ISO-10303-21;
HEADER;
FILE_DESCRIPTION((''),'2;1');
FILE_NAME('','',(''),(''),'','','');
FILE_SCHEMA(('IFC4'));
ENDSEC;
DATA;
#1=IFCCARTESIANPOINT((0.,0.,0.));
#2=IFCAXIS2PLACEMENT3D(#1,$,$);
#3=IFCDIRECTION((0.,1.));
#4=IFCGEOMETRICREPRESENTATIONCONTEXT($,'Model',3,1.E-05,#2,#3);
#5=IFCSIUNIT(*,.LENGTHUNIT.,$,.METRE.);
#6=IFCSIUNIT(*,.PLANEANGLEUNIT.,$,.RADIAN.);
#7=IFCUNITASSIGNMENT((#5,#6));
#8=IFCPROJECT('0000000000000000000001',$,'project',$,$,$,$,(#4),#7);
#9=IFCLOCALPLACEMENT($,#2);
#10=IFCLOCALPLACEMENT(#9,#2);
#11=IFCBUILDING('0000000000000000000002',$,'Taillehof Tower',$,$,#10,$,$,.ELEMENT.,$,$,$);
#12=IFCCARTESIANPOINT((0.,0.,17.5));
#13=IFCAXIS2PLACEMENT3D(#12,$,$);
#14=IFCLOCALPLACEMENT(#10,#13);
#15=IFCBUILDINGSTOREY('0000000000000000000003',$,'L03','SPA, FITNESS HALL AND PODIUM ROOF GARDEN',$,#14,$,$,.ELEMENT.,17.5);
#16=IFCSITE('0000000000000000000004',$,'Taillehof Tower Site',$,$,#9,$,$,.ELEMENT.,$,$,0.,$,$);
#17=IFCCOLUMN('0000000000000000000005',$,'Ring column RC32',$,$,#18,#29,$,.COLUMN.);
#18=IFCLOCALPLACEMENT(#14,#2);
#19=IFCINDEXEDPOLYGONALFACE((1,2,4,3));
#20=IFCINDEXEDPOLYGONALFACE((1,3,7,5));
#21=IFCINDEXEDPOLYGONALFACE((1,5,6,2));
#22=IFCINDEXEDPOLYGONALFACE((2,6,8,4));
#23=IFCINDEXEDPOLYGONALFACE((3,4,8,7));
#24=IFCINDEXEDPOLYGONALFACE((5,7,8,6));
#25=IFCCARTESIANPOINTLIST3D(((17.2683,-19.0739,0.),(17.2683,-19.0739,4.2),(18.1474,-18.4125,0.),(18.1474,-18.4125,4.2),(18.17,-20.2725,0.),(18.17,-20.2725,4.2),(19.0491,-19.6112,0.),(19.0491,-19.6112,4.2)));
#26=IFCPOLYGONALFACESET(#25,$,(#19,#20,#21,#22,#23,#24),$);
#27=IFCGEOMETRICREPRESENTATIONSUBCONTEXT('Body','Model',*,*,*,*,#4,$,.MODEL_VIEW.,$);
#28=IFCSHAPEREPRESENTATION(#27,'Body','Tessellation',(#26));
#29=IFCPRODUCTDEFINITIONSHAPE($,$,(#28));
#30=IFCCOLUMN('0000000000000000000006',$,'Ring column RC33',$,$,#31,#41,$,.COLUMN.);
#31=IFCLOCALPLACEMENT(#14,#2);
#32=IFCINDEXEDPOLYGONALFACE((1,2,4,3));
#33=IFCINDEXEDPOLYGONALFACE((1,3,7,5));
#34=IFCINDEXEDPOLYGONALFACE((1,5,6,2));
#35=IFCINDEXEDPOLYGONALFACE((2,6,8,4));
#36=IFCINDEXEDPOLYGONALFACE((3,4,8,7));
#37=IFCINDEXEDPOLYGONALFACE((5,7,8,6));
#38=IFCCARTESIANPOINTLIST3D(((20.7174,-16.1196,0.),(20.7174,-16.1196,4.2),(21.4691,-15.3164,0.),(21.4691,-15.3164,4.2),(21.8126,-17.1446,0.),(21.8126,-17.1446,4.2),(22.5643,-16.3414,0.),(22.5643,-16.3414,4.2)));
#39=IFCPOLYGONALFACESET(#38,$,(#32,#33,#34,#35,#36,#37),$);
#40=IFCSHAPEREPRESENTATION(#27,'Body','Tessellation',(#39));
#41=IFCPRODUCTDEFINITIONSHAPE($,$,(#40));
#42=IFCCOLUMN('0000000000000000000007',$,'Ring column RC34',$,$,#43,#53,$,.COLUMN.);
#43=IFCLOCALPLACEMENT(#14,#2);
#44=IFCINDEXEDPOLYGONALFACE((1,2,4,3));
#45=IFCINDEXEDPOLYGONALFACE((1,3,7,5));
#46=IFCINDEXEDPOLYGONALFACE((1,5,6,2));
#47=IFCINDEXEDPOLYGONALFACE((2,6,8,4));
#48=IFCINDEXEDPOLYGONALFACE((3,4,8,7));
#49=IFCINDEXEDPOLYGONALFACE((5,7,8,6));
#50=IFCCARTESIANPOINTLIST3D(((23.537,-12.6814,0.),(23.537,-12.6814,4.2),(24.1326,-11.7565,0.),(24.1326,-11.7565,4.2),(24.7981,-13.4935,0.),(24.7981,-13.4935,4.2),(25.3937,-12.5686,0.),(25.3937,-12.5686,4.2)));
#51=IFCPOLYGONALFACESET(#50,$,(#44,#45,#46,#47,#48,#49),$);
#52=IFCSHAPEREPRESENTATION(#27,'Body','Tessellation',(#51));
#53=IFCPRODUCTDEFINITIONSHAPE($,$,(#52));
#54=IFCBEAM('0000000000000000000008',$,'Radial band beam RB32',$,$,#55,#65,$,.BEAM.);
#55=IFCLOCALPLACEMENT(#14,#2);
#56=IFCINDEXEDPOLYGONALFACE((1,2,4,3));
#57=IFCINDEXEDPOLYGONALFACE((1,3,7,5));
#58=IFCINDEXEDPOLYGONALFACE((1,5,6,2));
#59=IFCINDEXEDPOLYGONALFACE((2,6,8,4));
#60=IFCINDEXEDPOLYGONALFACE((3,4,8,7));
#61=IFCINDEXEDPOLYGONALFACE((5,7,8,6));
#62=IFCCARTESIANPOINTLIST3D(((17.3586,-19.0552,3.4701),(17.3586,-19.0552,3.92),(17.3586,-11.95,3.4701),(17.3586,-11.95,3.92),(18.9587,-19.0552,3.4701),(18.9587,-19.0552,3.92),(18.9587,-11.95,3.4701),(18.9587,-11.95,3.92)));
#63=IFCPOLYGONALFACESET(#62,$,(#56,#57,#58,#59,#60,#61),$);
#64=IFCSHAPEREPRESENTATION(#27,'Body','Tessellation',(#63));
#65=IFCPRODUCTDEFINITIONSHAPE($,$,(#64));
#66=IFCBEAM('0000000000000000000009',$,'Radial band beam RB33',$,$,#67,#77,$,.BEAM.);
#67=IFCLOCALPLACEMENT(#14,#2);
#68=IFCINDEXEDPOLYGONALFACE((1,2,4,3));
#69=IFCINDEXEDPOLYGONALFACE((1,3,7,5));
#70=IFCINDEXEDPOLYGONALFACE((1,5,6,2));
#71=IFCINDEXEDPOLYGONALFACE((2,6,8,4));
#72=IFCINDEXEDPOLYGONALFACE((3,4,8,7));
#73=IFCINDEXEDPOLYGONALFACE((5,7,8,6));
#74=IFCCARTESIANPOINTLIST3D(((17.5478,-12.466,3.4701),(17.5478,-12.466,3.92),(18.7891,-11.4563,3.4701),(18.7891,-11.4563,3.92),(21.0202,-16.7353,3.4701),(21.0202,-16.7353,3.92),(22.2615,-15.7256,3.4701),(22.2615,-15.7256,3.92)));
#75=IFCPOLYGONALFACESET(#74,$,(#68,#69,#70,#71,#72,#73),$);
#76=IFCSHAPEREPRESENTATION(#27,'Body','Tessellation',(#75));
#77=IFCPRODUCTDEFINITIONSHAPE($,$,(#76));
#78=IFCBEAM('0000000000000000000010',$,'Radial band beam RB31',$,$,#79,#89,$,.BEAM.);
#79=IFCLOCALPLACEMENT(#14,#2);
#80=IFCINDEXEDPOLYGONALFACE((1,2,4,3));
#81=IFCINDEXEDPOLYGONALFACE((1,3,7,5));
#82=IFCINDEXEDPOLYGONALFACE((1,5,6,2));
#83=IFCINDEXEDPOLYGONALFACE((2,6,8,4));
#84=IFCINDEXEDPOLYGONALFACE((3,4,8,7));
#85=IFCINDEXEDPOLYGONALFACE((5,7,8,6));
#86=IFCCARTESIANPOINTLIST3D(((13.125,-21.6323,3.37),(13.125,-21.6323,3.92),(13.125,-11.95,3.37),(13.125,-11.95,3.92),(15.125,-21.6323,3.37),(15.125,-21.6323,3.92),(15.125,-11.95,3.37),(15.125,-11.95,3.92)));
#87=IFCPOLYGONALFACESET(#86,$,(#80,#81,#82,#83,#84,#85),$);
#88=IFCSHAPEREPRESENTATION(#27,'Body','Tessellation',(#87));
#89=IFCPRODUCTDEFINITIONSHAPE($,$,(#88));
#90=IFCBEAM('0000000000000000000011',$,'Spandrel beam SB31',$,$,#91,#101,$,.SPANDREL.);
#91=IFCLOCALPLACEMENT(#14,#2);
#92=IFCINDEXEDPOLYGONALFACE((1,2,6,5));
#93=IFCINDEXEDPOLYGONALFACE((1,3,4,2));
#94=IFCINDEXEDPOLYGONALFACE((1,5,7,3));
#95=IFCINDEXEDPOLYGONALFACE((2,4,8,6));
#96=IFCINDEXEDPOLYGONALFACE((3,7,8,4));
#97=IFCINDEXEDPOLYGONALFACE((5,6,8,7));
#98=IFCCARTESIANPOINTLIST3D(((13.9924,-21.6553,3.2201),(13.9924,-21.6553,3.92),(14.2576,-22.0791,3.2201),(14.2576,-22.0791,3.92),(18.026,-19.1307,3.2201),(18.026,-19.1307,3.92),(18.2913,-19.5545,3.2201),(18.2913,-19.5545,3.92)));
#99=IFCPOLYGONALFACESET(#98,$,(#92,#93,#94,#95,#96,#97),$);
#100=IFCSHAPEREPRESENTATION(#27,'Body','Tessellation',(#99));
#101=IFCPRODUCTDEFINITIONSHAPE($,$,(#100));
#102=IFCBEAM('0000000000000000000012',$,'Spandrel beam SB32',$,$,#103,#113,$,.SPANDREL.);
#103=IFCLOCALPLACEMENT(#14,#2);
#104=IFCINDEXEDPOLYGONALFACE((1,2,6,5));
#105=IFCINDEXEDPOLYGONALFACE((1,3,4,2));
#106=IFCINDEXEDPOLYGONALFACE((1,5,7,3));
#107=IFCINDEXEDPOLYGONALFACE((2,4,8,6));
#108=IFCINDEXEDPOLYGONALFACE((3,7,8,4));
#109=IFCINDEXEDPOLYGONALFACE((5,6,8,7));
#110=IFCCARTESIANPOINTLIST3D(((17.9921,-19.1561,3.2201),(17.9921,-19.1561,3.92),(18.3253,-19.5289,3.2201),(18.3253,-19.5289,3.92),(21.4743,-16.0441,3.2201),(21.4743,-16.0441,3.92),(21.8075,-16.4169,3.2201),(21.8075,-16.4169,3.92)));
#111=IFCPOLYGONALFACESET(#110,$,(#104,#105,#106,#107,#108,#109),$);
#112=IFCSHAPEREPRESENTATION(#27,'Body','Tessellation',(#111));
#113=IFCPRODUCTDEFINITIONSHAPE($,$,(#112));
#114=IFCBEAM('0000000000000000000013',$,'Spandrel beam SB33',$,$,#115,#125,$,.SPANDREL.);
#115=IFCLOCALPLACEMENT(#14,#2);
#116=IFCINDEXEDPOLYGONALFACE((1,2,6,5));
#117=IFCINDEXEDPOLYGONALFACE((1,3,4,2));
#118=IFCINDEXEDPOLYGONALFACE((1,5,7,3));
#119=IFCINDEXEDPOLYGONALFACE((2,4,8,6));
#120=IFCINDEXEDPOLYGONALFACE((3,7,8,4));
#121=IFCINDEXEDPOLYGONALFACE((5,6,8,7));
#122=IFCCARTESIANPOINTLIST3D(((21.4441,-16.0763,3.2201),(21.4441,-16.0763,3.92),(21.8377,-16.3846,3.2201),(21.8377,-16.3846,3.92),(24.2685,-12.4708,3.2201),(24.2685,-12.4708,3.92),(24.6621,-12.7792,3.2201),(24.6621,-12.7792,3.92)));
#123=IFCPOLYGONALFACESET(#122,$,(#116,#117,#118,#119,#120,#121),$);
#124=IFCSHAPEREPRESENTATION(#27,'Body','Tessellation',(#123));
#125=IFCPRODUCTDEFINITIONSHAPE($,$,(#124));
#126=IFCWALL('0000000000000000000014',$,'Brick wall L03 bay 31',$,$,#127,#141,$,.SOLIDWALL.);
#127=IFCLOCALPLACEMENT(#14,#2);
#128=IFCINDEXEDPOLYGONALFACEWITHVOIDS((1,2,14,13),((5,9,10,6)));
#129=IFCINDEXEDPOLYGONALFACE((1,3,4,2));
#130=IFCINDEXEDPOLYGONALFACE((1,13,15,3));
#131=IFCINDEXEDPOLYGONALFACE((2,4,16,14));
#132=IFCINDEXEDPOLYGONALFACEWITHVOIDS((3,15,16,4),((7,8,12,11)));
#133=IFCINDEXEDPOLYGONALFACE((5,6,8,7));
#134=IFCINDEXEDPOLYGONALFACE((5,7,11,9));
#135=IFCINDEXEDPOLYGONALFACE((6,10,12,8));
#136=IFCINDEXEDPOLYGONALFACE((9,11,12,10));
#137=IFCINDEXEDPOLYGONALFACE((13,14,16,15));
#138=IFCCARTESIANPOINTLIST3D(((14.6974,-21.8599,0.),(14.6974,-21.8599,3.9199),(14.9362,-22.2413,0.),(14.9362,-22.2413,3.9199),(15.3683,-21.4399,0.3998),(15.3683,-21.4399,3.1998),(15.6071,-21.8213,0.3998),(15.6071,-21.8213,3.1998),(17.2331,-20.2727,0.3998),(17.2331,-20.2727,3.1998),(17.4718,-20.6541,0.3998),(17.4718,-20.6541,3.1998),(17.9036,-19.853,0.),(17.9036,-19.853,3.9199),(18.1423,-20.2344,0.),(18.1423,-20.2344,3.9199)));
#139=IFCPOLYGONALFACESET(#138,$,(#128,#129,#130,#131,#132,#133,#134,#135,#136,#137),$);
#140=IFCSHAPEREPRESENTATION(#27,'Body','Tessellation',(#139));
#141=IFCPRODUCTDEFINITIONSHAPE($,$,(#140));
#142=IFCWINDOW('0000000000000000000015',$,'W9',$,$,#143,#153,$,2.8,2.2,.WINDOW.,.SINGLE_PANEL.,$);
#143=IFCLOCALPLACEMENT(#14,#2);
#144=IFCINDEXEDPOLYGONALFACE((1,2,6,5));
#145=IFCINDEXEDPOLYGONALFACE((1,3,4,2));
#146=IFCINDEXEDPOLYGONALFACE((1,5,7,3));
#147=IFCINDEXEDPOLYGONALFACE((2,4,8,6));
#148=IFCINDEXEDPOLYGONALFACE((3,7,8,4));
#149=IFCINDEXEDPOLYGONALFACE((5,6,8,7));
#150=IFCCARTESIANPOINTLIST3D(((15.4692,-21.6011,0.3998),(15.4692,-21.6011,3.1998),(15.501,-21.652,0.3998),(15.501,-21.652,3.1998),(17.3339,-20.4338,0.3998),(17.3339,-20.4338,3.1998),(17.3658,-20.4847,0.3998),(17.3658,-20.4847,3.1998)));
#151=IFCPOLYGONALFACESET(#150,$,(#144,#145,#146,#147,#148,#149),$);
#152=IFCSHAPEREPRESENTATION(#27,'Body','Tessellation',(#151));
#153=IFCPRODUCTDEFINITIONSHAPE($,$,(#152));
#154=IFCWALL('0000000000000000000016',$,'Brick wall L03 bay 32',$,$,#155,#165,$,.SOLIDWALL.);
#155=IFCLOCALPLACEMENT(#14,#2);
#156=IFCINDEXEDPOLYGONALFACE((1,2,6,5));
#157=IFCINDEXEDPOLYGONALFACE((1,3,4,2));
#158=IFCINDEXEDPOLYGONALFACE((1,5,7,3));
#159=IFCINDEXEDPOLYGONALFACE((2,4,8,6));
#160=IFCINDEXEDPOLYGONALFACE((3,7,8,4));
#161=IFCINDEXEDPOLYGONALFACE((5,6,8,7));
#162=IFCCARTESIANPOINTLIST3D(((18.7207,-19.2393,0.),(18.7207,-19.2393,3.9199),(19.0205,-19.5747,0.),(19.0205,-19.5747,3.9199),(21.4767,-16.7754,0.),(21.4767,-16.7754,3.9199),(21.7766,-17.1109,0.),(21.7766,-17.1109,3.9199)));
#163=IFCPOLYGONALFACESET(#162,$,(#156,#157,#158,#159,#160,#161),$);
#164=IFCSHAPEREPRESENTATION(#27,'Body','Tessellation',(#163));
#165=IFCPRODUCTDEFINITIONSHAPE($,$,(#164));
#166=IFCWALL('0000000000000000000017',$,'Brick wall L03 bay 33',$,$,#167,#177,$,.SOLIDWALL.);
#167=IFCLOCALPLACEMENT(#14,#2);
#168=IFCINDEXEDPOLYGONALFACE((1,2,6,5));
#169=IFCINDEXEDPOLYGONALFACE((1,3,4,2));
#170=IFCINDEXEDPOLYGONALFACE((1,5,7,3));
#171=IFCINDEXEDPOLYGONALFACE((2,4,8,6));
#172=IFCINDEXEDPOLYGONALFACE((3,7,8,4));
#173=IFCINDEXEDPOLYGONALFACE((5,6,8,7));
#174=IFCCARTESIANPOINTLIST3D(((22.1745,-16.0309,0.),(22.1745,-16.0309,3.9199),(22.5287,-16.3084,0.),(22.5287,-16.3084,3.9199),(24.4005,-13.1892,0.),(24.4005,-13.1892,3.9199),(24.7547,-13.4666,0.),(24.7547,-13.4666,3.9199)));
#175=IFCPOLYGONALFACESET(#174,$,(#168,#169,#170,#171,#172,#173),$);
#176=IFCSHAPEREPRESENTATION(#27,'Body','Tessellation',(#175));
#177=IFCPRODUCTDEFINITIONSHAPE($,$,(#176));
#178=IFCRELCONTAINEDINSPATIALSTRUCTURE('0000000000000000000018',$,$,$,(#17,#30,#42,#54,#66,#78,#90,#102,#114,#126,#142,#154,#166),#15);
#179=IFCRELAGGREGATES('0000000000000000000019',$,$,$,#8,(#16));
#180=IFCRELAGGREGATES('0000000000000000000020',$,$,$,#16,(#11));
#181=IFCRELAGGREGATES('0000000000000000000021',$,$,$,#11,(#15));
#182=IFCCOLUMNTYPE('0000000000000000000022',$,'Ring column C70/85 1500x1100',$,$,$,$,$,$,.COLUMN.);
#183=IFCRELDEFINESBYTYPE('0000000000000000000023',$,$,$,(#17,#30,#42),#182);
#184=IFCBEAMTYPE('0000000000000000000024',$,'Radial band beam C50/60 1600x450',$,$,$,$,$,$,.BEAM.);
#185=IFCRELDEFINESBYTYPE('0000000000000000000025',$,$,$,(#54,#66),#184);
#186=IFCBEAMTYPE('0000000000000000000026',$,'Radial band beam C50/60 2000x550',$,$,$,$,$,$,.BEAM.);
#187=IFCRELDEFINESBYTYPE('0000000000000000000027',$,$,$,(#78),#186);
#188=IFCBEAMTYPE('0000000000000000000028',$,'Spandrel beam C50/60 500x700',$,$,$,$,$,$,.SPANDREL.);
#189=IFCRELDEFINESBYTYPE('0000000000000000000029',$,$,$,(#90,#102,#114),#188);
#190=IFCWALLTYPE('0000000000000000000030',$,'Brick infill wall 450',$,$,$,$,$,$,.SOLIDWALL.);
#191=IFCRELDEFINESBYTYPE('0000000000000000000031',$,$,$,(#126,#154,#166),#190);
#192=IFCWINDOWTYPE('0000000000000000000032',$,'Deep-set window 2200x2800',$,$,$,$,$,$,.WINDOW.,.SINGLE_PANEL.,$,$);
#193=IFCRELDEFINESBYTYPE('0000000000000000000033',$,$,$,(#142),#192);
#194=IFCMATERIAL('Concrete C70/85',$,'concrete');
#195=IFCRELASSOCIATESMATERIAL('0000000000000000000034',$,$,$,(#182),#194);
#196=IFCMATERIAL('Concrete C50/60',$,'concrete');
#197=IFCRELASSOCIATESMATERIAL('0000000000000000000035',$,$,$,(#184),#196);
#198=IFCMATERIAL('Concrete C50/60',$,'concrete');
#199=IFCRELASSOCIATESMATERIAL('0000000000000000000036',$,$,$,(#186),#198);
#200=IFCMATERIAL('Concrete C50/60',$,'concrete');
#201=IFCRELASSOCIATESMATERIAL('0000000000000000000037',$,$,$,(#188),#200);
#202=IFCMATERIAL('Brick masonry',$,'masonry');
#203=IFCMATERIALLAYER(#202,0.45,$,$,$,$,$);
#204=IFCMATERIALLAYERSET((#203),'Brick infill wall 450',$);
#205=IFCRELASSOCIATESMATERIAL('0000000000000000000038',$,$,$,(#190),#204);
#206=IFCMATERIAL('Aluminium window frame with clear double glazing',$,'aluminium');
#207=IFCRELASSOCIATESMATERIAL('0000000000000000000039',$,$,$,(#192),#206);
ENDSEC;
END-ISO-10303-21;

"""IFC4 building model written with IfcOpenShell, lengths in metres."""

from ifc_helpers import new_model, si_unit, direction, frame, frame_2d, origin, origin_2d, place, context, subcontext, project, spatial, rectangle, extrude, material, layer, layer_set, material_profile, profile_set, type_object, element, fill, save


model = new_model("IFC4")

# Units and contexts
model_context = context("Model", 3, precision=1e-05, world=origin(), true_north=direction((0.0, 1.0)))
body_context = subcontext(model_context, "Body", "Model", "MODEL_VIEW")
ifc_project = project(units=[si_unit("LENGTHUNIT", "METRE"), si_unit("PLANEANGLEUNIT", "RADIAN")], contexts=[model_context])

# Site, building, storey
site_placement = place(None, origin())
site = spatial("IfcSite", under=ifc_project, at=site_placement, Name="Taillehof Tower Site", CompositionType="ELEMENT", RefElevation=0.0)
building_placement = place(site_placement, origin())
building = spatial("IfcBuilding", under=site, at=building_placement, Name="Taillehof Tower", CompositionType="ELEMENT")
storey_placement = place(building_placement, frame((0.0, 0.0, 17.5)))
storey = spatial("IfcBuildingStorey", under=building, at=storey_placement, Name="L03", Description="SPA, FITNESS HALL AND PODIUM ROOF GARDEN", CompositionType="ELEMENT", Elevation=17.5)

# Columns
ifc_material_1 = material(Name="Concrete C70/85", Category="concrete")
ifc_material_profile_1 = material_profile(ifc_material_1, rectangle(XDim=1.5, YDim=1.1001, at=origin_2d()), Name="RC 1500x1100")
ifc_profile_set_1 = profile_set([ifc_material_profile_1], Name="Concrete C70/85")
column_type = type_object("IfcColumnType", Name="Ring column C70/85 1500x1100", PredefinedType="COLUMN", material=ifc_profile_set_1)
for number, where, z_axis, x_axis, name in (
    (1, (18.1587, -19.3425, 0.0), (0.0, 0.0, 1.0), (0.601174, -0.799118, 0.0), "Ring column RC32"),
    (2, (21.6409, -16.2305, 0.0), (0.0, 0.0, 1.0), (0.730113, -0.683326, 0.0), "Ring column RC33"),
    (3, (24.4653, -12.625, 0.0), (0.0, 0.0, 1.0), (0.840754, -0.541418, 0.0), "Ring column RC34"),
):
    element("IfcColumn", number, at=place(storey_placement, frame(where, z_axis=z_axis, x_axis=x_axis)), inside=storey, type_object=column_type, Name=name, PredefinedType="COLUMN", context=body_context, shape_type="SweptSolid", body=[
        extrude(rectangle(XDim=1.5, YDim=1.1001, at=origin_2d()), origin(), (0.0, 0.0, 1.0), 4.2),
    ])

# Beams
ifc_material_2 = material(Name="Concrete C50/60", Category="concrete")
ifc_material_profile_2 = material_profile(ifc_material_2, rectangle(XDim=1.6001, YDim=0.45, at=origin_2d()), Name="RC 1600x450")
ifc_profile_set_2 = profile_set([ifc_material_profile_2], Name="Concrete C50/60")
beam_type_1 = type_object("IfcBeamType", Name="Radial band beam C50/60 1600x450", PredefinedType="BEAM", material=ifc_profile_set_2)
beam_1_placement = place(storey_placement, frame((18.1587, -19.0552, 3.6951), z_axis=(0.0, 1.0, 0.0), x_axis=(-1.0, 0.0, 0.0)))
element("IfcBeam", 4, at=beam_1_placement, inside=storey, type_object=beam_type_1, Name="Radial band beam RB32", PredefinedType="BEAM", context=body_context, shape_type="SweptSolid", body=[
    extrude(rectangle(XDim=1.6001, YDim=0.45, at=origin_2d()), origin(), (0.0, 0.0, 1.0), 7.1052),
])
beam_2_placement = place(storey_placement, frame((21.6409, -16.2305, 3.6951), z_axis=(-0.630988, 0.775792, 0.0), x_axis=(-0.775792, -0.630988, 0.0)))
element("IfcBeam", 5, at=beam_2_placement, inside=storey, type_object=beam_type_1, Name="Radial band beam RB33", PredefinedType="BEAM", context=body_context, shape_type="SweptSolid", body=[
    extrude(rectangle(XDim=1.6001, YDim=0.45, at=origin_2d()), origin(), (0.0, 0.0, 1.0), 5.5032),
])
ifc_material_3 = material(Name="Concrete C50/60", Category="concrete")
ifc_material_profile_3 = material_profile(ifc_material_3, rectangle(XDim=2.0, YDim=0.55, at=origin_2d()), Name="RC 2000x550")
ifc_profile_set_3 = profile_set([ifc_material_profile_3], Name="Concrete C50/60")
beam_type_2 = type_object("IfcBeamType", Name="Radial band beam C50/60 2000x550", PredefinedType="BEAM", material=ifc_profile_set_3)
beam_3_placement = place(storey_placement, frame((14.125, -21.6323, 3.645), z_axis=(0.0, 1.0, 0.0), x_axis=(-1.0, 0.0, 0.0)))
element("IfcBeam", 6, at=beam_3_placement, inside=storey, type_object=beam_type_2, Name="Radial band beam RB31", PredefinedType="BEAM", context=body_context, shape_type="SweptSolid", body=[
    extrude(rectangle(XDim=2.0, YDim=0.55, at=origin_2d()), origin(), (0.0, 0.0, 1.0), 9.6824),
])
ifc_material_4 = material(Name="Concrete C50/60", Category="concrete")
ifc_material_profile_4 = material_profile(ifc_material_4, rectangle(XDim=0.5, YDim=0.7, at=origin_2d()), Name="RC 500x700")
ifc_profile_set_4 = profile_set([ifc_material_profile_4], Name="Concrete C50/60")
beam_type_3 = type_object("IfcBeamType", Name="Spandrel beam C50/60 500x700", PredefinedType="SPANDREL", material=ifc_profile_set_4)
beam_4_placement = place(storey_placement, frame((14.125, -21.8672, 3.5701), z_axis=(0.847658, 0.530543, 0.0), x_axis=(-0.530543, 0.847658, 0.0)))
element("IfcBeam", 7, at=beam_4_placement, inside=storey, type_object=beam_type_3, Name="Spandrel beam SB31", PredefinedType="SPANDREL", context=body_context, shape_type="SweptSolid", body=[
    extrude(rectangle(XDim=0.5, YDim=0.7, at=origin_2d()), origin(), (0.0, 0.0, 1.0), 4.7585),
])
beam_5_placement = place(storey_placement, frame((18.1587, -19.3425, 3.5701), z_axis=(0.745621, 0.66637, 0.0), x_axis=(-0.66637, 0.745621, 0.0)))
element("IfcBeam", 8, at=beam_5_placement, inside=storey, type_object=beam_type_3, Name="Spandrel beam SB32", PredefinedType="SPANDREL", context=body_context, shape_type="SweptSolid", body=[
    extrude(rectangle(XDim=0.5, YDim=0.7, at=origin_2d()), origin(), (0.0, 0.0, 1.0), 4.6702),
])
beam_6_placement = place(storey_placement, frame((21.6409, -16.2305, 3.5701), z_axis=(0.616686, 0.787209, 0.0), x_axis=(-0.787209, 0.616686, 0.0)))
element("IfcBeam", 9, at=beam_6_placement, inside=storey, type_object=beam_type_3, Name="Spandrel beam SB33", PredefinedType="SPANDREL", context=body_context, shape_type="SweptSolid", body=[
    extrude(rectangle(XDim=0.5, YDim=0.7, at=origin_2d()), origin(), (0.0, 0.0, 1.0), 4.5801),
])

# Wall, opening, window
ifc_material_5 = material(Name="Brick masonry", Category="masonry")
ifc_layer_1 = layer(ifc_material_5, 0.45)
ifc_layer_set_1 = layer_set([ifc_layer_1], Name="Brick infill wall 450")
wall_type_1 = type_object("IfcWallType", Name="Brick infill wall 450", PredefinedType="SOLIDWALL", material=ifc_layer_set_1)
wall_1_placement = place(storey_placement, frame((14.8169, -22.0505, 0.0), z_axis=(0.0, 0.0, 1.0), x_axis=(0.847635, 0.530579, 0.0)))
wall_1 = element("IfcWall", 10, at=wall_1_placement, inside=storey, type_object=wall_type_1, Name="Brick wall L03 bay 31", PredefinedType="SOLIDWALL", context=body_context, shape_type="SweptSolid", body=[
    extrude(rectangle(XDim=3.7825, YDim=0.45, at=frame_2d((1.8911, 0.0))), origin(), (0.0, 0.0, 1.0), 3.9199),
])
opening_placement = place(wall_1_placement, frame((0.7913, 0.0, 0.3999)))
opening = element("IfcOpeningElement", 11, at=opening_placement, cuts=wall_1, PredefinedType="OPENING", context=body_context, shape_type="SweptSolid", body=[
    extrude(rectangle(XDim=2.2, YDim=2.8, at=frame_2d((1.1001, 1.3999))), frame((0.0, 0.2349, 0.0), z_axis=(0.0, -1.0, 0.0), x_axis=(1.0, 0.0, 0.0)), (0.0, 0.0, 1.0), 0.47),
])
ifc_material_6 = material(Name="Aluminium window frame with clear double glazing", Category="aluminium")
window_type = type_object("IfcWindowType", Name="Deep-set window 2200x2800", PartitioningType="SINGLE_PANEL", PredefinedType="WINDOW", material=ifc_material_6)
window_placement = place(opening_placement, origin())
window = element("IfcWindow", 12, at=window_placement, inside=storey, type_object=window_type, Name="W9", OverallHeight=2.8, OverallWidth=2.2, PartitioningType="SINGLE_PANEL", PredefinedType="WINDOW", context=body_context, shape_type="SweptSolid", body=[
    extrude(rectangle(XDim=2.2, YDim=2.8, at=frame_2d((1.1001, 1.3999))), frame((0.0, 0.0349, 0.0), z_axis=(0.0, -1.0, 0.0), x_axis=(1.0, 0.0, 0.0)), (0.0, 0.0, 1.0), 0.0601),
])
fill(opening, window)

# Walls
wall_2_placement = place(storey_placement, frame((18.8706, -19.407, 0.0), z_axis=(0.0, 0.0, 1.0), x_axis=(0.745526, 0.666476, 0.0)))
element("IfcWall", 13, at=wall_2_placement, inside=storey, type_object=wall_type_1, Name="Brick wall L03 bay 32", PredefinedType="SOLIDWALL", context=body_context, shape_type="SweptSolid", body=[
    extrude(rectangle(XDim=3.6968, YDim=0.45, at=frame_2d((1.8484, 0.0))), origin(), (0.0, 0.0, 1.0), 3.9199),
])
wall_3_placement = place(storey_placement, frame((22.3516, -16.1697, 0.0), z_axis=(0.0, 0.0, 1.0), x_axis=(0.616662, 0.787228, 0.0)))
element("IfcWall", 14, at=wall_3_placement, inside=storey, type_object=wall_type_1, Name="Brick wall L03 bay 33", PredefinedType="SOLIDWALL", context=body_context, shape_type="SweptSolid", body=[
    extrude(rectangle(XDim=3.6099, YDim=0.45, at=frame_2d((1.8049, 0.0))), origin(), (0.0, 0.0, 1.0), 3.9199),
])

save(model, "model.ifc")
